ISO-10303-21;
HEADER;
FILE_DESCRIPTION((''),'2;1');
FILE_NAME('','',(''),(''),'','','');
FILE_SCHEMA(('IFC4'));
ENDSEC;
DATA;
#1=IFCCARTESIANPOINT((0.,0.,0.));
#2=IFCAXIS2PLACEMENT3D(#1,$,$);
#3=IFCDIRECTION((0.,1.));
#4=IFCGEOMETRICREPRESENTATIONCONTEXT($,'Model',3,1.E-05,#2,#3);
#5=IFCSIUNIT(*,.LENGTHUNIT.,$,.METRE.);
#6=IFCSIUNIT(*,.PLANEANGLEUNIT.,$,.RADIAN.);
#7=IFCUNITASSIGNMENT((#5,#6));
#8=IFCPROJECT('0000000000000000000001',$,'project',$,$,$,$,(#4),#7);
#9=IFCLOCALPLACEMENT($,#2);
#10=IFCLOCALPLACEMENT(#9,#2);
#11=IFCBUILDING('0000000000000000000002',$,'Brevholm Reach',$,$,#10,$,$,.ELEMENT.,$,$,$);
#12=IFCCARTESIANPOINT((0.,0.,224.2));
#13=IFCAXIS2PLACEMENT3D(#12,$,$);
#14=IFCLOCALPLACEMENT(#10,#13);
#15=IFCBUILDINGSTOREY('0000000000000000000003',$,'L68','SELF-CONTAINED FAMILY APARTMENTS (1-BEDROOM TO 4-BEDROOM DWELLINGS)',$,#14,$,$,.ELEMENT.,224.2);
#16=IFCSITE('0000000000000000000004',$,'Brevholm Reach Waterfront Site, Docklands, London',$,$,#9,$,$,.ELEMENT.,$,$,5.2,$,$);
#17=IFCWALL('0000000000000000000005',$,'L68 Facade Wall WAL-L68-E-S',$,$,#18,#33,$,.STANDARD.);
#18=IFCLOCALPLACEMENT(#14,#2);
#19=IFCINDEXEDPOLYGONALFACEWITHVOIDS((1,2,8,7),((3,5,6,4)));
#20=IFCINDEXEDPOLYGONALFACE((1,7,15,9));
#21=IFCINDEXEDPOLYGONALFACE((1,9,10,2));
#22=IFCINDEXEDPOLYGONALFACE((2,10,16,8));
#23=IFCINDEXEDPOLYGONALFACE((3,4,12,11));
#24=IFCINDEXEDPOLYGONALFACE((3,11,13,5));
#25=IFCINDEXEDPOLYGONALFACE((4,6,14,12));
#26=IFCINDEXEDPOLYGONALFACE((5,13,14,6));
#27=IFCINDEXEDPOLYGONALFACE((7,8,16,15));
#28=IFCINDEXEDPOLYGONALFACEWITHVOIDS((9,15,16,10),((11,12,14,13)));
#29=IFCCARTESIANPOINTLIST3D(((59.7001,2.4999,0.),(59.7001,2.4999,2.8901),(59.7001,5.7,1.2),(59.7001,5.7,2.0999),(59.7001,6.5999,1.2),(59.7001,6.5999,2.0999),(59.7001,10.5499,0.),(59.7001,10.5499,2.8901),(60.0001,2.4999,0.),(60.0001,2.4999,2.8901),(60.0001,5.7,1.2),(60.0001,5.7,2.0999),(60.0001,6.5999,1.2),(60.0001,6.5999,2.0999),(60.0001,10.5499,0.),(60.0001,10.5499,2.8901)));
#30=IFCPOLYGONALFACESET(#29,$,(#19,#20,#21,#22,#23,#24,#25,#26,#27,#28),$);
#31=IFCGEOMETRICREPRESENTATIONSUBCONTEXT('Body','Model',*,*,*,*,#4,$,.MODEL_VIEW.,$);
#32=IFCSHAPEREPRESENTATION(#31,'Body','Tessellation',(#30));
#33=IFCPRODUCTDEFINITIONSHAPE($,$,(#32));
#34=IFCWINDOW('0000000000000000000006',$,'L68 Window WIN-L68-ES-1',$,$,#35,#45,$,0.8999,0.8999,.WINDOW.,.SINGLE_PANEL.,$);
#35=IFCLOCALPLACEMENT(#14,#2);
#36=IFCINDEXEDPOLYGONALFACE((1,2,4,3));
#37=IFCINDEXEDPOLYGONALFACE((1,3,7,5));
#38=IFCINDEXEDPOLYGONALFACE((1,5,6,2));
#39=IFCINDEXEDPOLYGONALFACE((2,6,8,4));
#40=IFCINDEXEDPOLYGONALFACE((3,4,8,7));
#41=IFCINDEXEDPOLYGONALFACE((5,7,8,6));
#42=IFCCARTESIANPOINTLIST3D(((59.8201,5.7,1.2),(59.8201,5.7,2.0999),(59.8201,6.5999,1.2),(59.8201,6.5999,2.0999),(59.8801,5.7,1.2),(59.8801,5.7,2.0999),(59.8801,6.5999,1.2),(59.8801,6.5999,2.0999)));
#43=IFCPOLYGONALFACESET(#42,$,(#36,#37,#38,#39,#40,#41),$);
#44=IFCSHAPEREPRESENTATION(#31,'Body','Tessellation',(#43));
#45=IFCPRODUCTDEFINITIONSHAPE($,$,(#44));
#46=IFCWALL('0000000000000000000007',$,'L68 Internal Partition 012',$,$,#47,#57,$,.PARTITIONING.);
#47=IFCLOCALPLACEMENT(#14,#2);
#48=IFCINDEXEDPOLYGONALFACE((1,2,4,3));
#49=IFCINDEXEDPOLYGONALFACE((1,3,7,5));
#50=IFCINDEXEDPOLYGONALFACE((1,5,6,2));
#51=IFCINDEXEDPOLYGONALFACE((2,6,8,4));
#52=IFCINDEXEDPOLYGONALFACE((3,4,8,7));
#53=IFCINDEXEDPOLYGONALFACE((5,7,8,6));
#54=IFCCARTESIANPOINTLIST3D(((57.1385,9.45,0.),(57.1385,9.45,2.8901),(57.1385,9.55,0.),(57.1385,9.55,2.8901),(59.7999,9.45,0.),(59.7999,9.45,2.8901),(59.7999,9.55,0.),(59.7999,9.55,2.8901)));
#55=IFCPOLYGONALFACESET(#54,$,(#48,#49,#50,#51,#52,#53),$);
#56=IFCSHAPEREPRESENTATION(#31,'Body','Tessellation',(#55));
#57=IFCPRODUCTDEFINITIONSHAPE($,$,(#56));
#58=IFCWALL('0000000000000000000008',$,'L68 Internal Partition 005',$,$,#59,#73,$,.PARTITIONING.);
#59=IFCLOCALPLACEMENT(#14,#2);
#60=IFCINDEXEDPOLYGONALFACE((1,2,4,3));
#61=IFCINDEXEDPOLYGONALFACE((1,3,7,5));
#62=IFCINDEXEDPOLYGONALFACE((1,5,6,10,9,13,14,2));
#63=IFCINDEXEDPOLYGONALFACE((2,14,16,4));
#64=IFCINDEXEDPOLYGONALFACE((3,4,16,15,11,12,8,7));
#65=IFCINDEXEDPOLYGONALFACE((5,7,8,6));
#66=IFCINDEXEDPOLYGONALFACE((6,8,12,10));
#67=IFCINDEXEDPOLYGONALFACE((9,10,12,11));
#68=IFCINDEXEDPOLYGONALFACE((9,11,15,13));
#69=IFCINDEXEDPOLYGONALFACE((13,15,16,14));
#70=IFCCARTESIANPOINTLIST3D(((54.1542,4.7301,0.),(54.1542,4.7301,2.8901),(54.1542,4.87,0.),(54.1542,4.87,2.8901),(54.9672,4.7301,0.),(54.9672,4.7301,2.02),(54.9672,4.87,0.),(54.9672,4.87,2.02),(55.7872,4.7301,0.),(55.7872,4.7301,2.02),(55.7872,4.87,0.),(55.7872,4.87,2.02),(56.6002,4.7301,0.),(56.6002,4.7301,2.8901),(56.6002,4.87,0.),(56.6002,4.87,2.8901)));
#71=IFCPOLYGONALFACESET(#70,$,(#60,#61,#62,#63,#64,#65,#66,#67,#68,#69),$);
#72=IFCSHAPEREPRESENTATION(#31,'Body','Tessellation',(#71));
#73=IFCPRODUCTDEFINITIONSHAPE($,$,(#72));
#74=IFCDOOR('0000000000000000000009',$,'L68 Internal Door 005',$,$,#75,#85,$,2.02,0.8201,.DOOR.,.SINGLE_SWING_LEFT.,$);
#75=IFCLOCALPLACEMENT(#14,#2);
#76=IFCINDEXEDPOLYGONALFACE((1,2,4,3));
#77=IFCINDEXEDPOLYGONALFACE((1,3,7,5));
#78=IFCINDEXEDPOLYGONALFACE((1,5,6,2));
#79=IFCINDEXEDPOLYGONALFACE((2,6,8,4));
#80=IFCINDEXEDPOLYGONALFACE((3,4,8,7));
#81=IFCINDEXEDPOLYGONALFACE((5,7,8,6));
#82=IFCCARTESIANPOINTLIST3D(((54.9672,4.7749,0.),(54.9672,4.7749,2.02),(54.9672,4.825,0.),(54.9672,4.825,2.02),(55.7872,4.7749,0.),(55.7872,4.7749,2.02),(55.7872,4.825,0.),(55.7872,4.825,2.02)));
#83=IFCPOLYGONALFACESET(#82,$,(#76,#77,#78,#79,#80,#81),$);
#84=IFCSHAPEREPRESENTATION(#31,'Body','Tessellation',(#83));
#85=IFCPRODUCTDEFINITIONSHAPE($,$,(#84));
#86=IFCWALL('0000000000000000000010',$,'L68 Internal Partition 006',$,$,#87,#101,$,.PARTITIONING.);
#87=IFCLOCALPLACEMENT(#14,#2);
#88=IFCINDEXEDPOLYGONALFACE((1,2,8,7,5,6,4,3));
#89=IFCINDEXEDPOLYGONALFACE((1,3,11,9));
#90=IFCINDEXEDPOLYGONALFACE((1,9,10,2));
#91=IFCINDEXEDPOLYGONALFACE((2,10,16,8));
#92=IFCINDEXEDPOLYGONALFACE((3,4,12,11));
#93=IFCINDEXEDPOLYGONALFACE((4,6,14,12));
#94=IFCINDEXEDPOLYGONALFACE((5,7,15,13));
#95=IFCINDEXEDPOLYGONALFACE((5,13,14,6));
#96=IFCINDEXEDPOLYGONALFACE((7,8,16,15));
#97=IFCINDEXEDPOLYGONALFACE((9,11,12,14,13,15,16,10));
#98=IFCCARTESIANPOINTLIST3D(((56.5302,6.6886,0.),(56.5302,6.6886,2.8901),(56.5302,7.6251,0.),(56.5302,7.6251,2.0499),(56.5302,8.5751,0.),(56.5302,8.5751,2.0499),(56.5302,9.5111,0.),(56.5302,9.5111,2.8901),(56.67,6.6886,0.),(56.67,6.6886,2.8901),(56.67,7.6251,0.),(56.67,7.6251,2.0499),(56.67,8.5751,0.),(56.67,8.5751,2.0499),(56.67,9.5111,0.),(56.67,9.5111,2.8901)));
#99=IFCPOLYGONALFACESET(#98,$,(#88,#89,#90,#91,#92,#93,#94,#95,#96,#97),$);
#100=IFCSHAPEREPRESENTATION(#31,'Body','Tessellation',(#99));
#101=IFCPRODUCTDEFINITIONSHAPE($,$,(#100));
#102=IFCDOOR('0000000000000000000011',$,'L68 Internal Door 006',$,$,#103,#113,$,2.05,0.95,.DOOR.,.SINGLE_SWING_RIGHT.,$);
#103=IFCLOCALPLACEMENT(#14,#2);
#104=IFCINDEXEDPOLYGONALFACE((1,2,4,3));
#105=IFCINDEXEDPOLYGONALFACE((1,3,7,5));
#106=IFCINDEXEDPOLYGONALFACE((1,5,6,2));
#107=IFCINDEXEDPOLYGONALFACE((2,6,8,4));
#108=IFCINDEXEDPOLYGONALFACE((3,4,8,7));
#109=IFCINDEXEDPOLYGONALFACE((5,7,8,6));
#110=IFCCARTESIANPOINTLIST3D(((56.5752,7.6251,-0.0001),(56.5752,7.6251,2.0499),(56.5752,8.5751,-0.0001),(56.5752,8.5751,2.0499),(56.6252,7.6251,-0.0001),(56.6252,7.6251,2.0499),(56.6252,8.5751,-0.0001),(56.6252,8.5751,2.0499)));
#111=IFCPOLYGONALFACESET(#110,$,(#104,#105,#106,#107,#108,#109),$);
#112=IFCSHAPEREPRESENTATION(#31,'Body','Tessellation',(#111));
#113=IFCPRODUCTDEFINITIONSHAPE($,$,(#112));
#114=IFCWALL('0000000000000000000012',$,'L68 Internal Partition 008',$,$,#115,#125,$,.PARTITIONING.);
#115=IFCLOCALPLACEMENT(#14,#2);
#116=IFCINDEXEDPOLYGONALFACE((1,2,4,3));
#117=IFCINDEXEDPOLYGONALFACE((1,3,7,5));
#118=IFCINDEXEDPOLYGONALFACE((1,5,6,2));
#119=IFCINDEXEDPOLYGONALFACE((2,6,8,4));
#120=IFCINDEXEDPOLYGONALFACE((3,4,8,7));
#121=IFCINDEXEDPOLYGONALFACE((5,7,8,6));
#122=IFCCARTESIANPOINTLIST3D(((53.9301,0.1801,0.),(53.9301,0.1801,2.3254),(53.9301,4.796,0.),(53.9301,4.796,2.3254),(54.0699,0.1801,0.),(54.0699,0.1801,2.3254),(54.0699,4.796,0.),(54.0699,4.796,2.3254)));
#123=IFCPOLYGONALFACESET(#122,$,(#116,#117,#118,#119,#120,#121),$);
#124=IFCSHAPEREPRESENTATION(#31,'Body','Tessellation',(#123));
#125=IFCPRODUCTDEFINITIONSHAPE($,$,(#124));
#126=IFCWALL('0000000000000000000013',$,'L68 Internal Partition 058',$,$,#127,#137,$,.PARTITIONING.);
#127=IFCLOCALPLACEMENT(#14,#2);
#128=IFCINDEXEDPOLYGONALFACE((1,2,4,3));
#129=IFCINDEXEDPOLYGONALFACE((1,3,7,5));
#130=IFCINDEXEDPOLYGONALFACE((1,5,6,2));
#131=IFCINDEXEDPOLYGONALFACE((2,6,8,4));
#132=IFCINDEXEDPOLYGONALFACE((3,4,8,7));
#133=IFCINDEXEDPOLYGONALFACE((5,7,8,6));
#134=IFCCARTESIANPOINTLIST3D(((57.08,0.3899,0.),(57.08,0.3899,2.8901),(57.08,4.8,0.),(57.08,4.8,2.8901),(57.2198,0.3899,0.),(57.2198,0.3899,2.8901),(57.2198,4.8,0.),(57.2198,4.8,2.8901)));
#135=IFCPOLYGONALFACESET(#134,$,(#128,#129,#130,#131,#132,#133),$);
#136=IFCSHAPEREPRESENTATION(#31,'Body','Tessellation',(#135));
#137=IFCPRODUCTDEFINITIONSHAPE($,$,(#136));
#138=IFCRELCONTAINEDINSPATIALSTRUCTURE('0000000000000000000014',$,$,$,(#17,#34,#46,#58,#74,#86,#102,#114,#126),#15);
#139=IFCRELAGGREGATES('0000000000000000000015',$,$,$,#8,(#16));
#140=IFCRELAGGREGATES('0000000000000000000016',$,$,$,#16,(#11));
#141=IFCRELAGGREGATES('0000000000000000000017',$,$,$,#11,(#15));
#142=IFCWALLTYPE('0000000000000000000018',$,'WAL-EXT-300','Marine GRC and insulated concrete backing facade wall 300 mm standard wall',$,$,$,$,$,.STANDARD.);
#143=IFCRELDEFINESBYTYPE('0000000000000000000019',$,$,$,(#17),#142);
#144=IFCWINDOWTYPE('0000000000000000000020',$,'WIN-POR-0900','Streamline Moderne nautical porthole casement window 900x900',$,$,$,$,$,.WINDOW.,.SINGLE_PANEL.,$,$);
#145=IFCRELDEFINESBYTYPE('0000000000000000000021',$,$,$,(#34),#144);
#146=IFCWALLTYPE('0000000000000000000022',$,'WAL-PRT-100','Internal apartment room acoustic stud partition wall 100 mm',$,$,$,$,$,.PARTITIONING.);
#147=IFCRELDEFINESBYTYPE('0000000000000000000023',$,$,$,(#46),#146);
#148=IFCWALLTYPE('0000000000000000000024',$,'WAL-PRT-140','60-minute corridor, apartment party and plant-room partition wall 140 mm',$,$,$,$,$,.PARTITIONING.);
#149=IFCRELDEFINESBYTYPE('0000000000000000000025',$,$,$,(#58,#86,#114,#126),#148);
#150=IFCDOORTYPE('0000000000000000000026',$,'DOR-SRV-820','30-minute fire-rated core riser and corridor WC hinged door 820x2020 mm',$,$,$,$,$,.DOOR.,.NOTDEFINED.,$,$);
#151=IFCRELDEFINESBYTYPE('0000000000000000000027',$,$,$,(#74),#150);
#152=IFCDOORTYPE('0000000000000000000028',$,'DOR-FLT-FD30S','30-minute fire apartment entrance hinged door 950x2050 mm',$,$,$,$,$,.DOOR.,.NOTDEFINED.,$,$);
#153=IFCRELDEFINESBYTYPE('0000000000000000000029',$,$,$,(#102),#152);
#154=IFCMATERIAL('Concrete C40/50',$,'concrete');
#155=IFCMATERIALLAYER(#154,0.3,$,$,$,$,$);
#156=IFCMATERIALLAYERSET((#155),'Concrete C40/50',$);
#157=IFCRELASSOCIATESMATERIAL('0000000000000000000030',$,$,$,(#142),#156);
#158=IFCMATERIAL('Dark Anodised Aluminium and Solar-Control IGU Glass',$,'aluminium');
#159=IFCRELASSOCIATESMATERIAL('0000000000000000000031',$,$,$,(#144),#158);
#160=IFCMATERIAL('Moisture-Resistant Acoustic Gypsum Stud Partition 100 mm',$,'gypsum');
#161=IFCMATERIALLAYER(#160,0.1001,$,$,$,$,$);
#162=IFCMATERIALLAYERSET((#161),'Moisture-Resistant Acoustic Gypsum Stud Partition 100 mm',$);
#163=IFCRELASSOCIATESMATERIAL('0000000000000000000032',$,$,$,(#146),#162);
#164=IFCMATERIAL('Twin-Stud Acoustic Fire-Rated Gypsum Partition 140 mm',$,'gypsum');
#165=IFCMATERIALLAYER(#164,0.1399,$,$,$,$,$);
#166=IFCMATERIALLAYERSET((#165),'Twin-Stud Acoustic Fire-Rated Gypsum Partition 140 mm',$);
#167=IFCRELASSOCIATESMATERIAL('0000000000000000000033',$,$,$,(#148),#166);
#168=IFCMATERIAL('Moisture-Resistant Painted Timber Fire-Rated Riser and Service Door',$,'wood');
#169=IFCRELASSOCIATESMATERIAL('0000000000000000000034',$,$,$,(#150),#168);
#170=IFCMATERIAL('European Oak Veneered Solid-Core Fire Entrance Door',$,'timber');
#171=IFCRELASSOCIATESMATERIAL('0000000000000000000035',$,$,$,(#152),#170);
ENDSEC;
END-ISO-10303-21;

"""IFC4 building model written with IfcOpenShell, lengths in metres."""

from ifc_helpers import new_model, si_unit, direction, frame, frame_2d, origin, place, context, subcontext, project, spatial, rectangle, extrude, material, layer, layer_set, type_object, element, fill, save


model = new_model("IFC4")

# Units and contexts
model_context = context("Model", 3, precision=1e-05, world=origin(), true_north=direction((0.0, 1.0)))
body_context = subcontext(model_context, "Body", "Model", "MODEL_VIEW")
ifc_project = project(units=[si_unit("LENGTHUNIT", "METRE"), si_unit("PLANEANGLEUNIT", "RADIAN")], contexts=[model_context])

# Site, building, storey
site_placement = place(None, origin())
site = spatial("IfcSite", under=ifc_project, at=site_placement, Name="Brevholm Reach Waterfront Site, Docklands, London", CompositionType="ELEMENT", RefElevation=5.2)
building_placement = place(site_placement, origin())
building = spatial("IfcBuilding", under=site, at=building_placement, Name="Brevholm Reach", CompositionType="ELEMENT")
storey_placement = place(building_placement, frame((0.0, 0.0, 224.2)))
storey = spatial("IfcBuildingStorey", under=building, at=storey_placement, Name="L68", Description="SELF-CONTAINED FAMILY APARTMENTS (1-BEDROOM TO 4-BEDROOM DWELLINGS)", CompositionType="ELEMENT", Elevation=224.2)

# Shared definitions
ifc_material_1 = material(Name="Concrete C40/50", Category="concrete")
ifc_layer_1 = layer(ifc_material_1, 0.3)
ifc_layer_set_1 = layer_set([ifc_layer_1], Name="Concrete C40/50")
wall_type_1 = type_object("IfcWallType", Name="WAL-EXT-300", Description="Marine GRC and insulated concrete backing facade wall 300 mm standard wall", PredefinedType="STANDARD", material=ifc_layer_set_1)

# Wall, opening, window
wall_1_placement = place(storey_placement, frame((59.8501, 2.5, 0.0), z_axis=(0.0, 0.0, 1.0), x_axis=(0.0, 1.0, 0.0)))
wall_1 = element("IfcWall", 1, at=wall_1_placement, inside=storey, type_object=wall_type_1, Name="L68 Facade Wall WAL-L68-E-S", PredefinedType="STANDARD", context=body_context, shape_type="SweptSolid", body=[
    extrude(rectangle(XDim=8.05, YDim=0.3, at=frame_2d((4.0249, 0.0))), origin(), (0.0, 0.0, 1.0), 2.8901),
])
opening_1_placement = place(wall_1_placement, frame((3.2, 0.0, 1.2)))
opening_1 = element("IfcOpeningElement", 2, at=opening_1_placement, cuts=wall_1, PredefinedType="OPENING", context=body_context, shape_type="SweptSolid", body=[
    extrude(rectangle(XDim=0.8999, YDim=0.8999, at=frame_2d((0.45, 0.45))), frame((0.0, 0.1599, 0.0), z_axis=(0.0, -1.0, 0.0), x_axis=(1.0, 0.0, 0.0)), (0.0, 0.0, 1.0), 0.3201),
])
ifc_material_2 = material(Name="Dark Anodised Aluminium and Solar-Control IGU Glass", Category="aluminium")
window_type = type_object("IfcWindowType", Name="WIN-POR-0900", Description="Streamline Moderne nautical porthole casement window 900x900", PartitioningType="SINGLE_PANEL", PredefinedType="WINDOW", material=ifc_material_2)
window_placement = place(opening_1_placement, origin())
window = element("IfcWindow", 3, at=window_placement, inside=storey, type_object=window_type, Name="L68 Window WIN-L68-ES-1", OverallHeight=0.8999, OverallWidth=0.8999, PartitioningType="SINGLE_PANEL", PredefinedType="WINDOW", context=body_context, shape_type="SweptSolid", body=[
    extrude(rectangle(XDim=0.8999, YDim=0.8999, at=frame_2d((0.45, 0.45))), frame((0.0, 0.03, 0.0), z_axis=(0.0, -1.0, 0.0), x_axis=(1.0, 0.0, 0.0)), (0.0, 0.0, 1.0), 0.0601),
])
fill(opening_1, window)

# Wall
ifc_material_3 = material(Name="Moisture-Resistant Acoustic Gypsum Stud Partition 100 mm", Category="gypsum")
ifc_layer_2 = layer(ifc_material_3, 0.1001)
ifc_layer_set_2 = layer_set([ifc_layer_2], Name="Moisture-Resistant Acoustic Gypsum Stud Partition 100 mm")
wall_type_2 = type_object("IfcWallType", Name="WAL-PRT-100", Description="Internal apartment room acoustic stud partition wall 100 mm", PredefinedType="PARTITIONING", material=ifc_layer_set_2)
wall_2_placement = place(storey_placement, frame((57.1387, 9.5, 0.0), z_axis=(0.0, 0.0, 1.0), x_axis=(1.0, 0.0, 0.0)))
element("IfcWall", 4, at=wall_2_placement, inside=storey, type_object=wall_type_2, Name="L68 Internal Partition 012", PredefinedType="PARTITIONING", context=body_context, shape_type="SweptSolid", body=[
    extrude(rectangle(XDim=2.6614, YDim=0.1001, at=frame_2d((1.3306, 0.0))), origin(), (0.0, 0.0, 1.0), 2.8901),
])

# Walls, openings, doors
ifc_material_4 = material(Name="Twin-Stud Acoustic Fire-Rated Gypsum Partition 140 mm", Category="gypsum")
ifc_layer_3 = layer(ifc_material_4, 0.1399)
ifc_layer_set_3 = layer_set([ifc_layer_3], Name="Twin-Stud Acoustic Fire-Rated Gypsum Partition 140 mm")
wall_type_3 = type_object("IfcWallType", Name="WAL-PRT-140", Description="60-minute corridor, apartment party and plant-room partition wall 140 mm", PredefinedType="PARTITIONING", material=ifc_layer_set_3)
wall_3_placement = place(storey_placement, frame((54.1541, 4.8, 0.0), z_axis=(0.0, 0.0, 1.0), x_axis=(1.0, 0.0, 0.0)))
wall_3 = element("IfcWall", 5, at=wall_3_placement, inside=storey, type_object=wall_type_3, Name="L68 Internal Partition 005", PredefinedType="PARTITIONING", context=body_context, shape_type="SweptSolid", body=[
    extrude(rectangle(XDim=2.446, YDim=0.1399, at=frame_2d((1.2231, 0.0))), origin(), (0.0, 0.0, 1.0), 2.8901),
])
opening_2_placement = place(wall_3_placement, frame((0.813, 0.0, 0.0)))
opening_2 = element("IfcOpeningElement", 6, at=opening_2_placement, cuts=wall_3, PredefinedType="OPENING", context=body_context, shape_type="SweptSolid", body=[
    extrude(rectangle(XDim=0.8201, YDim=2.02, at=frame_2d((0.4102, 1.01))), frame((0.0, 0.0798, 0.0), z_axis=(0.0, -1.0, 0.0), x_axis=(1.0, 0.0, 0.0)), (0.0, 0.0, 1.0), 0.1599),
])
ifc_material_5 = material(Name="Moisture-Resistant Painted Timber Fire-Rated Riser and Service Door", Category="wood")
door_type_1 = type_object("IfcDoorType", Name="DOR-SRV-820", Description="30-minute fire-rated core riser and corridor WC hinged door 820x2020 mm", OperationType="NOTDEFINED", PredefinedType="DOOR", material=ifc_material_5)
door_1_placement = place(opening_2_placement, origin())
door_1 = element("IfcDoor", 7, at=door_1_placement, inside=storey, type_object=door_type_1, Name="L68 Internal Door 005", OperationType="SINGLE_SWING_LEFT", OverallHeight=2.02, OverallWidth=0.8201, PredefinedType="DOOR", context=body_context, shape_type="SweptSolid", body=[
    extrude(rectangle(XDim=0.8201, YDim=2.02, at=frame_2d((0.4102, 1.01))), frame((0.0, 0.0249, 0.0), z_axis=(0.0, -1.0, 0.0), x_axis=(1.0, 0.0, 0.0)), (0.0, 0.0, 1.0), 0.05),
])
fill(opening_2, door_1)
wall_4_placement = place(storey_placement, frame((56.6001, 6.6887, 0.0), z_axis=(0.0, 0.0, 1.0), x_axis=(0.0, 1.0, 0.0)))
wall_4 = element("IfcWall", 8, at=wall_4_placement, inside=storey, type_object=wall_type_3, Name="L68 Internal Partition 006", PredefinedType="PARTITIONING", context=body_context, shape_type="SweptSolid", body=[
    extrude(rectangle(XDim=2.8225, YDim=0.1399, at=frame_2d((1.4111, 0.0))), origin(), (0.0, 0.0, 1.0), 2.8901),
])
opening_3_placement = place(wall_4_placement, frame((0.9363, 0.0, 0.0)))
opening_3 = element("IfcOpeningElement", 9, at=opening_3_placement, cuts=wall_4, PredefinedType="OPENING", context=body_context, shape_type="SweptSolid", body=[
    extrude(rectangle(XDim=0.95, YDim=2.05, at=frame_2d((0.4751, 1.0249))), frame((0.0, 0.0798, 0.0), z_axis=(0.0, -1.0, 0.0), x_axis=(1.0, 0.0, 0.0)), (0.0, 0.0, 1.0), 0.1599),
])
ifc_material_6 = material(Name="European Oak Veneered Solid-Core Fire Entrance Door", Category="timber")
door_type_2 = type_object("IfcDoorType", Name="DOR-FLT-FD30S", Description="30-minute fire apartment entrance hinged door 950x2050 mm", OperationType="NOTDEFINED", PredefinedType="DOOR", material=ifc_material_6)
door_2_placement = place(opening_3_placement, origin())
door_2 = element("IfcDoor", 10, at=door_2_placement, inside=storey, type_object=door_type_2, Name="L68 Internal Door 006", OperationType="SINGLE_SWING_RIGHT", OverallHeight=2.05, OverallWidth=0.95, PredefinedType="DOOR", context=body_context, shape_type="SweptSolid", body=[
    extrude(rectangle(XDim=0.95, YDim=2.05, at=frame_2d((0.4751, 1.0249))), frame((0.0, 0.0249, 0.0), z_axis=(0.0, -1.0, 0.0), x_axis=(1.0, 0.0, 0.0)), (0.0, 0.0, 1.0), 0.05),
])
fill(opening_3, door_2)

# Walls
wall_5_placement = place(storey_placement, frame((54.0, 0.1799, 0.0), z_axis=(0.0, 0.0, 1.0), x_axis=(0.0, 1.0, 0.0)))
element("IfcWall", 11, at=wall_5_placement, inside=storey, type_object=wall_type_3, Name="L68 Internal Partition 008", PredefinedType="PARTITIONING", context=body_context, shape_type="SweptSolid", body=[
    extrude(rectangle(XDim=4.616, YDim=0.1399, at=frame_2d((2.3081, 0.0))), origin(), (0.0, 0.0, 1.0), 2.3254),
])
wall_6_placement = place(storey_placement, frame((57.1499, 0.3899, 0.0), z_axis=(0.0, 0.0, 1.0), x_axis=(0.0, 1.0, 0.0)))
element("IfcWall", 12, at=wall_6_placement, inside=storey, type_object=wall_type_3, Name="L68 Internal Partition 058", PredefinedType="PARTITIONING", context=body_context, shape_type="SweptSolid", body=[
    extrude(rectangle(XDim=4.4102, YDim=0.1399, at=frame_2d((2.2051, 0.0))), origin(), (0.0, 0.0, 1.0), 2.8901),
])

save(model, "model.ifc")
